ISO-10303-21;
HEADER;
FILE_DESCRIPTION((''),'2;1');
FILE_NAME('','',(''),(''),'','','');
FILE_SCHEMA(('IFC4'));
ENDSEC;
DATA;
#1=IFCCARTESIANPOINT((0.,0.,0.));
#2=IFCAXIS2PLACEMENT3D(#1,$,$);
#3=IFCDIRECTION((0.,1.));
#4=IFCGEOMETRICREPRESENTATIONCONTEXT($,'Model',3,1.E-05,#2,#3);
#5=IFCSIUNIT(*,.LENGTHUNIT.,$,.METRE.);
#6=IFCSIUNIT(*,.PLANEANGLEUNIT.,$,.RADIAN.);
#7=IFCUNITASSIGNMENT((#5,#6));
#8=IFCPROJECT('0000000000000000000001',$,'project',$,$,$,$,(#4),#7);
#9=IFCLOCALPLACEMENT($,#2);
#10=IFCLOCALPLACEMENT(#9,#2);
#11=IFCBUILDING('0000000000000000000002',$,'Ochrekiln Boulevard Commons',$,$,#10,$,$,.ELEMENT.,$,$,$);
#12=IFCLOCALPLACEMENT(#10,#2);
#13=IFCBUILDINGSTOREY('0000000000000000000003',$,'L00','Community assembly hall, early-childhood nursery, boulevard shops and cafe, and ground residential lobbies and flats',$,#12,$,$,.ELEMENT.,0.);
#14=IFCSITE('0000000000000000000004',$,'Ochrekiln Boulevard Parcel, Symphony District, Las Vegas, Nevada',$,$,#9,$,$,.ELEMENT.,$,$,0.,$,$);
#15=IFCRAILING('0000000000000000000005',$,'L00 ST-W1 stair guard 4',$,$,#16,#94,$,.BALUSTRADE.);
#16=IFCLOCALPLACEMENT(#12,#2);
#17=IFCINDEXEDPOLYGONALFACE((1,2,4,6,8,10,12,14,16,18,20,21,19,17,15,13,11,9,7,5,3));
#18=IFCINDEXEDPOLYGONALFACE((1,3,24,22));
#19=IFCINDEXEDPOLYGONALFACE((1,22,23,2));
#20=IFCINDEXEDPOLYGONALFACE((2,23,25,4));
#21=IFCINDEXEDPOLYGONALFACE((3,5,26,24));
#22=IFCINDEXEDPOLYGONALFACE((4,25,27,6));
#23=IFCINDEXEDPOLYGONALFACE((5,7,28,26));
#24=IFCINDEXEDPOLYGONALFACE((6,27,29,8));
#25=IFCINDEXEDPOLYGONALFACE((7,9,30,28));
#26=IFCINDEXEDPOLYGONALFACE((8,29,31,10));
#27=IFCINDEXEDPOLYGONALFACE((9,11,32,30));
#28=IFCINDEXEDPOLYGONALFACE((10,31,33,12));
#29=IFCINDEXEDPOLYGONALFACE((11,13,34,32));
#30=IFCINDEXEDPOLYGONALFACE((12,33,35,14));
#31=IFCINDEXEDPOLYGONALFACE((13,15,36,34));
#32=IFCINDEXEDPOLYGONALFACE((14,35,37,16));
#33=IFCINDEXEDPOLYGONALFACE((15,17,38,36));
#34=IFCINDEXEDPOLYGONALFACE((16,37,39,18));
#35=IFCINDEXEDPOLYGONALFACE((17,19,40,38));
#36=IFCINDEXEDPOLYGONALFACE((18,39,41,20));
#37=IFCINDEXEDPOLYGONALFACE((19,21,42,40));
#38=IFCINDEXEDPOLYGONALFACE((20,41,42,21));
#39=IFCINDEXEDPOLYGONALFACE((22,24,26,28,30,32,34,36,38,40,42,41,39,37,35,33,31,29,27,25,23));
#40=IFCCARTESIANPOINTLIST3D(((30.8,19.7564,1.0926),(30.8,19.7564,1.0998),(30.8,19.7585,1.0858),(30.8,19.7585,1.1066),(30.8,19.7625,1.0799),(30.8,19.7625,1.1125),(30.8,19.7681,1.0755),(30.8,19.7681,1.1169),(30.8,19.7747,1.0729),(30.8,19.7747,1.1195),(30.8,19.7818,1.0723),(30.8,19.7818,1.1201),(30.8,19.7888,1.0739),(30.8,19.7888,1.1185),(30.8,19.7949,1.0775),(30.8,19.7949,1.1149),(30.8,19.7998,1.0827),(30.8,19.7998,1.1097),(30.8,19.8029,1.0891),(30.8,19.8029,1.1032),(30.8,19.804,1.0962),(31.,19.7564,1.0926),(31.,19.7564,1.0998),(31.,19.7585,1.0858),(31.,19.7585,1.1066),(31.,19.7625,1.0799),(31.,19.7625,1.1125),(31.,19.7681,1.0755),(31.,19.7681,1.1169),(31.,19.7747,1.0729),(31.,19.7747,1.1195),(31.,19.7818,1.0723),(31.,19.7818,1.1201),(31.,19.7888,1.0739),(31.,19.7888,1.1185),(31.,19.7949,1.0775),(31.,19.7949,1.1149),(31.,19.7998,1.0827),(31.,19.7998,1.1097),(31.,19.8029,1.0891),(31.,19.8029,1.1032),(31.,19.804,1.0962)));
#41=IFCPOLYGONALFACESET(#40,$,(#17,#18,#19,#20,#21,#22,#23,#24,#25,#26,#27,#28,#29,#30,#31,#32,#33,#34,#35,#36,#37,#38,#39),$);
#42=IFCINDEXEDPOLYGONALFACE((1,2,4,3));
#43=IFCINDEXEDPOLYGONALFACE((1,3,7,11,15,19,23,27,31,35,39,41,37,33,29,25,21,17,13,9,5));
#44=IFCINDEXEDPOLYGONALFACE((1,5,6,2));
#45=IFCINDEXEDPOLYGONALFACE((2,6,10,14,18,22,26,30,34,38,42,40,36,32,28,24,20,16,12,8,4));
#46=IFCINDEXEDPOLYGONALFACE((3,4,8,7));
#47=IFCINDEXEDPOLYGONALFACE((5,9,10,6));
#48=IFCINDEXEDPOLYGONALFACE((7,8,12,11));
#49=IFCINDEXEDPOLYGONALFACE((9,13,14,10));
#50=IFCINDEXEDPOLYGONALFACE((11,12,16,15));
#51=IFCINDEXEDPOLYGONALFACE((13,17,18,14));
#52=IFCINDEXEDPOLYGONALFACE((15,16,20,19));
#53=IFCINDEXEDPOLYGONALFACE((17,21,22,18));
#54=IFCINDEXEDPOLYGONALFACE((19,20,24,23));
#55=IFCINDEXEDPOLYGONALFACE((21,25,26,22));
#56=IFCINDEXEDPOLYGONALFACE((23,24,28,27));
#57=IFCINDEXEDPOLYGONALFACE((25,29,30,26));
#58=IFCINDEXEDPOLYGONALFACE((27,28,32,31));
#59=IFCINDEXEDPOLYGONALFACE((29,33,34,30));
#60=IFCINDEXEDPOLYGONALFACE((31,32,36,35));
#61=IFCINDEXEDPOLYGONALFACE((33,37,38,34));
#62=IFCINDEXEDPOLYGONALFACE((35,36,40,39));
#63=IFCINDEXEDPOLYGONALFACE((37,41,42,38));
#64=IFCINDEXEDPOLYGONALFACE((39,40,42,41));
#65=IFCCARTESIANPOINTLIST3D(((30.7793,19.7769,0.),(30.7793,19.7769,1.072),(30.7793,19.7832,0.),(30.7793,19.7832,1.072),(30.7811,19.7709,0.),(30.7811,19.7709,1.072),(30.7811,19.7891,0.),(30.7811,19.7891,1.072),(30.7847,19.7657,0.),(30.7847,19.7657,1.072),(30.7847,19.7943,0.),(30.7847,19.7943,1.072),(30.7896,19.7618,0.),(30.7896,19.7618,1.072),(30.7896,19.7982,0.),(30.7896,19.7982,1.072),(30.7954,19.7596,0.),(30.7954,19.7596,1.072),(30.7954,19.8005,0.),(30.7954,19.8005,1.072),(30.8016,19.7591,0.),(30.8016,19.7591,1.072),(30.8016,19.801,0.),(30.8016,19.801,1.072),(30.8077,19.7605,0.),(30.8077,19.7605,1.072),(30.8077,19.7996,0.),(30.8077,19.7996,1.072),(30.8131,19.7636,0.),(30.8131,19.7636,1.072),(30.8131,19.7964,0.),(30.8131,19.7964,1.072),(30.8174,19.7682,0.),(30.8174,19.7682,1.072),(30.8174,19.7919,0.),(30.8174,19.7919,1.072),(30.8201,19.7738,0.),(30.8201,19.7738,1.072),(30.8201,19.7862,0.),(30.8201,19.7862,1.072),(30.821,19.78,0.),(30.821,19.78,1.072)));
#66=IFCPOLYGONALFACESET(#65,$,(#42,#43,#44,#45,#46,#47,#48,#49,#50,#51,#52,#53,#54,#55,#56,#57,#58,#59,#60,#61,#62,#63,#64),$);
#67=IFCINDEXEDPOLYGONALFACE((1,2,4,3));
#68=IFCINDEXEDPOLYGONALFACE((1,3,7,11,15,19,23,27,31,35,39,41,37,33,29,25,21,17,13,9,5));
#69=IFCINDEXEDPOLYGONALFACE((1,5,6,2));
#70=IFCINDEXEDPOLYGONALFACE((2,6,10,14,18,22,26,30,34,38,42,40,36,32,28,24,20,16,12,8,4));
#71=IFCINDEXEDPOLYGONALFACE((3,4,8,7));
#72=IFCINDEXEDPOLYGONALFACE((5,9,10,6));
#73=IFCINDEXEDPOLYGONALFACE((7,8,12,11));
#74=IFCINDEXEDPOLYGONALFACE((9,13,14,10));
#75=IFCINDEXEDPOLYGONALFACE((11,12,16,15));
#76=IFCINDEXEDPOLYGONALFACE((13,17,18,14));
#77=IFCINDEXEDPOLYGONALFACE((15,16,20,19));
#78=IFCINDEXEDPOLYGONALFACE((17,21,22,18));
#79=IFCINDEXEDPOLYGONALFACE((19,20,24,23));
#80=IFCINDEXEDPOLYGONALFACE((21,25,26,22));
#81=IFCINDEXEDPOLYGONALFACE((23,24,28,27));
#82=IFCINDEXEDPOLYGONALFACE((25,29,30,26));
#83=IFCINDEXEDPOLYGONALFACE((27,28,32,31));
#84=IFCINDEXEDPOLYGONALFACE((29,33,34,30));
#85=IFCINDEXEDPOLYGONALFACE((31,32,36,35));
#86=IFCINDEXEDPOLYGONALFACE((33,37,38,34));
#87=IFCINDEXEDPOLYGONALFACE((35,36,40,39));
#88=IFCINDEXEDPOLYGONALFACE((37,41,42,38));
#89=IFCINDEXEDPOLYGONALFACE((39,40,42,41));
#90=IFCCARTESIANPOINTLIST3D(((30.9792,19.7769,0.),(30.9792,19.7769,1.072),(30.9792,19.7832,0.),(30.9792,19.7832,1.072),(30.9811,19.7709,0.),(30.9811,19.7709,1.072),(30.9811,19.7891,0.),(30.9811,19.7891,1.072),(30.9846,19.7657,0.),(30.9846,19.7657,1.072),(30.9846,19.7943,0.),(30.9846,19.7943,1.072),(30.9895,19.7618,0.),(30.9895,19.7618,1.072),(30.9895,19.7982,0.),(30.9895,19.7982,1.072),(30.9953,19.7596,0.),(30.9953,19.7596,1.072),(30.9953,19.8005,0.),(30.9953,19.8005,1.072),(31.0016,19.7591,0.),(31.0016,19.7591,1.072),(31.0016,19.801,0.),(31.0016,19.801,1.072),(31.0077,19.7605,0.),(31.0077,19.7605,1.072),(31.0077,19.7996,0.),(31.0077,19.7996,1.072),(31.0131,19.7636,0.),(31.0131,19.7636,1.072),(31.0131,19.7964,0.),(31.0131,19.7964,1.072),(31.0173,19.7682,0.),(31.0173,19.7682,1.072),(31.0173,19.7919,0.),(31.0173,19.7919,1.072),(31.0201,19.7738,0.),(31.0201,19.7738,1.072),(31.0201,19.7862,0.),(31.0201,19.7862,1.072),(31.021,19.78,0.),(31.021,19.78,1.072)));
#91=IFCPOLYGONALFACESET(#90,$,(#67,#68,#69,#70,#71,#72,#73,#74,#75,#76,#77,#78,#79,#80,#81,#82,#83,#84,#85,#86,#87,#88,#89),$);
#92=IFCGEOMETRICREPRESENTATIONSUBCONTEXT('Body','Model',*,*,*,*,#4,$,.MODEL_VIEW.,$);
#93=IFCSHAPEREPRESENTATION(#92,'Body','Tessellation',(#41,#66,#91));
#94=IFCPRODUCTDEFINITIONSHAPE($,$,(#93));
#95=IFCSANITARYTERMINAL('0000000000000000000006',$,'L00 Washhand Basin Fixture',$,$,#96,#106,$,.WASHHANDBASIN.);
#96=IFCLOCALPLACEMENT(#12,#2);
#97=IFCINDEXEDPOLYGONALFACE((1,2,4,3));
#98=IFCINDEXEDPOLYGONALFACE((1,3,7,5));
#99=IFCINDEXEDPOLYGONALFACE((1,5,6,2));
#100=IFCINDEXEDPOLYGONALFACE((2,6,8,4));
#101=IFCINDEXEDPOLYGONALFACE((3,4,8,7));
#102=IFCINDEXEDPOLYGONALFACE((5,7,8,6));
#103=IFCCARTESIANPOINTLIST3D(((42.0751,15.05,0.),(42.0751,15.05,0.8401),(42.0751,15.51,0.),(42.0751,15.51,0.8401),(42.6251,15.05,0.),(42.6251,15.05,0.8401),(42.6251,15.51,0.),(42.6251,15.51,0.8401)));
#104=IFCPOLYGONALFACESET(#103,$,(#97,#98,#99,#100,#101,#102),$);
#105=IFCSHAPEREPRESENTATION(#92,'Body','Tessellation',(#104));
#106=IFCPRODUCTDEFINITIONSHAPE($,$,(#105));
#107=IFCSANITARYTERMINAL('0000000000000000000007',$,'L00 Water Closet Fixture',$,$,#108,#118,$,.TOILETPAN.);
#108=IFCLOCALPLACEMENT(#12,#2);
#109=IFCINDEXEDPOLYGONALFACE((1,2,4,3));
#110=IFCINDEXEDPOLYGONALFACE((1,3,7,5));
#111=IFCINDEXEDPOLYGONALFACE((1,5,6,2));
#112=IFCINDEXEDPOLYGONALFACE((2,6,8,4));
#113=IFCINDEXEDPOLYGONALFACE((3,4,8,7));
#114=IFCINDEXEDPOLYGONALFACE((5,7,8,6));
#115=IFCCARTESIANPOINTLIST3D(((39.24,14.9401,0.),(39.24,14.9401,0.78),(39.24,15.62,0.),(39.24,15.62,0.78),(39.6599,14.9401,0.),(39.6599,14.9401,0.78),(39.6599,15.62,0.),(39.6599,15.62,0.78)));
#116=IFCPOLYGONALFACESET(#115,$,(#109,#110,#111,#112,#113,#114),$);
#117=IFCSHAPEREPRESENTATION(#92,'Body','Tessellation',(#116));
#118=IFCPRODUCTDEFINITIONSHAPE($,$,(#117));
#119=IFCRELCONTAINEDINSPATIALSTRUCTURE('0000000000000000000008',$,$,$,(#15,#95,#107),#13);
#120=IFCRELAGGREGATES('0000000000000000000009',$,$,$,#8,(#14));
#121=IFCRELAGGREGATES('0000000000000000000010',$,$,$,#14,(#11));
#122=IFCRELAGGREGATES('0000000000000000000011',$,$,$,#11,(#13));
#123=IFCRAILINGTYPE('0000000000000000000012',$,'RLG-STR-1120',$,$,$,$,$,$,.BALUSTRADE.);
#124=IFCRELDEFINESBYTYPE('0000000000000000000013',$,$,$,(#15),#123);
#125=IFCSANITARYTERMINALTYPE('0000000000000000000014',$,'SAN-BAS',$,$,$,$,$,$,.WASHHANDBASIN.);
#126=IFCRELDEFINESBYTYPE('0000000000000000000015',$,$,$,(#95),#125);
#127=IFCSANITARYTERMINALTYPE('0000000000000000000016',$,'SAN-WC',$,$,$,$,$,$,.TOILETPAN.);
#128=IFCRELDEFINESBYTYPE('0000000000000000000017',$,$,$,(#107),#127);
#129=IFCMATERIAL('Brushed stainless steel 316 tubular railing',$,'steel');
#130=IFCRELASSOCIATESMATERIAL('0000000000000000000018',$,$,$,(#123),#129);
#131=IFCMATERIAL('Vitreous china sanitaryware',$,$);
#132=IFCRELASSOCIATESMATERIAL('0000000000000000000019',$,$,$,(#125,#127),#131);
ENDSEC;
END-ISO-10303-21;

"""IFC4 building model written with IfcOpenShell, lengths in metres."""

from ifc_helpers import new_model, si_unit, direction, frame, origin, origin_2d, place, context, subcontext, project, spatial, rectangle, circle, extrude, material, type_object, element, save


model = new_model("IFC4")

# Units and contexts
model_context = context("Model", 3, precision=1e-05, world=origin(), true_north=direction((0.0, 1.0)))
body_context = subcontext(model_context, "Body", "Model", "MODEL_VIEW")
ifc_project = project(units=[si_unit("LENGTHUNIT", "METRE"), si_unit("PLANEANGLEUNIT", "RADIAN")], contexts=[model_context])

# Site, building, storey
site_placement = place(None, origin())
site = spatial("IfcSite", under=ifc_project, at=site_placement, Name="Ochrekiln Boulevard Parcel, Symphony District, Las Vegas, Nevada", CompositionType="ELEMENT", RefElevation=0.0)
building_placement = place(site_placement, origin())
building = spatial("IfcBuilding", under=site, at=building_placement, Name="Ochrekiln Boulevard Commons", CompositionType="ELEMENT")
storey_placement = place(building_placement, origin())
storey = spatial("IfcBuildingStorey", under=building, at=storey_placement, Name="L00", Description="Community assembly hall, early-childhood nursery, boulevard shops and cafe, and ground residential lobbies and flats", CompositionType="ELEMENT", Elevation=0.0)

# Railing
ifc_material_1 = material(Name="Brushed stainless steel 316 tubular railing", Category="steel")
railing_type_1 = type_object("IfcRailingType", Name="RLG-STR-1120", PredefinedType="BALUSTRADE", material=ifc_material_1)
railing_1_placement = place(storey_placement, frame((30.8, 19.78, 0.0)))
element("IfcRailing", 1, at=railing_1_placement, inside=storey, type_object=railing_type_1, Name="L00 ST-W1 stair guard 4", PredefinedType="BALUSTRADE", context=body_context, shape_type="SweptSolid", body=[
    extrude(circle(Radius=0.0239, at=origin_2d()), frame((0.0, 0.0, 1.0962), z_axis=(1.0, 0.0, 0.0), x_axis=(0.0, 1.0, 0.0)), (0.0, 0.0, 1.0), 0.2),
    extrude(circle(Radius=0.021, at=origin_2d()), origin(), (0.0, 0.0, 1.0), 1.072),
    extrude(circle(Radius=0.021, at=origin_2d()), frame((0.2, 0.0, 0.0)), (0.0, 0.0, 1.0), 1.072),
])

# Sanitary terminals
ifc_material_2 = material(Name="Vitreous china sanitaryware")
sanitary_terminal_type_1 = type_object("IfcSanitaryTerminalType", Name="SAN-BAS", PredefinedType="WASHHANDBASIN", material=ifc_material_2)
sanitary_terminal_1_placement = place(storey_placement, frame((42.3501, 15.28, 0.0), z_axis=(0.0, 0.0, 1.0), x_axis=(1.0, 0.0, 0.0)))
element("IfcSanitaryTerminal", 2, at=sanitary_terminal_1_placement, inside=storey, type_object=sanitary_terminal_type_1, Name="L00 Washhand Basin Fixture", PredefinedType="WASHHANDBASIN", context=body_context, shape_type="SweptSolid", body=[
    extrude(rectangle(XDim=0.55, YDim=0.46, at=origin_2d()), origin(), (0.0, 0.0, 1.0), 0.8401),
])
sanitary_terminal_type_2 = type_object("IfcSanitaryTerminalType", Name="SAN-WC", PredefinedType="TOILETPAN", material=ifc_material_2)
sanitary_terminal_2_placement = place(storey_placement, frame((39.45, 15.28, 0.0), z_axis=(0.0, 0.0, 1.0), x_axis=(1.0, 0.0, 0.0)))
element("IfcSanitaryTerminal", 3, at=sanitary_terminal_2_placement, inside=storey, type_object=sanitary_terminal_type_2, Name="L00 Water Closet Fixture", PredefinedType="TOILETPAN", context=body_context, shape_type="SweptSolid", body=[
    extrude(rectangle(XDim=0.4199, YDim=0.6799, at=origin_2d()), origin(), (0.0, 0.0, 1.0), 0.78),
])

save(model, "model.ifc")
